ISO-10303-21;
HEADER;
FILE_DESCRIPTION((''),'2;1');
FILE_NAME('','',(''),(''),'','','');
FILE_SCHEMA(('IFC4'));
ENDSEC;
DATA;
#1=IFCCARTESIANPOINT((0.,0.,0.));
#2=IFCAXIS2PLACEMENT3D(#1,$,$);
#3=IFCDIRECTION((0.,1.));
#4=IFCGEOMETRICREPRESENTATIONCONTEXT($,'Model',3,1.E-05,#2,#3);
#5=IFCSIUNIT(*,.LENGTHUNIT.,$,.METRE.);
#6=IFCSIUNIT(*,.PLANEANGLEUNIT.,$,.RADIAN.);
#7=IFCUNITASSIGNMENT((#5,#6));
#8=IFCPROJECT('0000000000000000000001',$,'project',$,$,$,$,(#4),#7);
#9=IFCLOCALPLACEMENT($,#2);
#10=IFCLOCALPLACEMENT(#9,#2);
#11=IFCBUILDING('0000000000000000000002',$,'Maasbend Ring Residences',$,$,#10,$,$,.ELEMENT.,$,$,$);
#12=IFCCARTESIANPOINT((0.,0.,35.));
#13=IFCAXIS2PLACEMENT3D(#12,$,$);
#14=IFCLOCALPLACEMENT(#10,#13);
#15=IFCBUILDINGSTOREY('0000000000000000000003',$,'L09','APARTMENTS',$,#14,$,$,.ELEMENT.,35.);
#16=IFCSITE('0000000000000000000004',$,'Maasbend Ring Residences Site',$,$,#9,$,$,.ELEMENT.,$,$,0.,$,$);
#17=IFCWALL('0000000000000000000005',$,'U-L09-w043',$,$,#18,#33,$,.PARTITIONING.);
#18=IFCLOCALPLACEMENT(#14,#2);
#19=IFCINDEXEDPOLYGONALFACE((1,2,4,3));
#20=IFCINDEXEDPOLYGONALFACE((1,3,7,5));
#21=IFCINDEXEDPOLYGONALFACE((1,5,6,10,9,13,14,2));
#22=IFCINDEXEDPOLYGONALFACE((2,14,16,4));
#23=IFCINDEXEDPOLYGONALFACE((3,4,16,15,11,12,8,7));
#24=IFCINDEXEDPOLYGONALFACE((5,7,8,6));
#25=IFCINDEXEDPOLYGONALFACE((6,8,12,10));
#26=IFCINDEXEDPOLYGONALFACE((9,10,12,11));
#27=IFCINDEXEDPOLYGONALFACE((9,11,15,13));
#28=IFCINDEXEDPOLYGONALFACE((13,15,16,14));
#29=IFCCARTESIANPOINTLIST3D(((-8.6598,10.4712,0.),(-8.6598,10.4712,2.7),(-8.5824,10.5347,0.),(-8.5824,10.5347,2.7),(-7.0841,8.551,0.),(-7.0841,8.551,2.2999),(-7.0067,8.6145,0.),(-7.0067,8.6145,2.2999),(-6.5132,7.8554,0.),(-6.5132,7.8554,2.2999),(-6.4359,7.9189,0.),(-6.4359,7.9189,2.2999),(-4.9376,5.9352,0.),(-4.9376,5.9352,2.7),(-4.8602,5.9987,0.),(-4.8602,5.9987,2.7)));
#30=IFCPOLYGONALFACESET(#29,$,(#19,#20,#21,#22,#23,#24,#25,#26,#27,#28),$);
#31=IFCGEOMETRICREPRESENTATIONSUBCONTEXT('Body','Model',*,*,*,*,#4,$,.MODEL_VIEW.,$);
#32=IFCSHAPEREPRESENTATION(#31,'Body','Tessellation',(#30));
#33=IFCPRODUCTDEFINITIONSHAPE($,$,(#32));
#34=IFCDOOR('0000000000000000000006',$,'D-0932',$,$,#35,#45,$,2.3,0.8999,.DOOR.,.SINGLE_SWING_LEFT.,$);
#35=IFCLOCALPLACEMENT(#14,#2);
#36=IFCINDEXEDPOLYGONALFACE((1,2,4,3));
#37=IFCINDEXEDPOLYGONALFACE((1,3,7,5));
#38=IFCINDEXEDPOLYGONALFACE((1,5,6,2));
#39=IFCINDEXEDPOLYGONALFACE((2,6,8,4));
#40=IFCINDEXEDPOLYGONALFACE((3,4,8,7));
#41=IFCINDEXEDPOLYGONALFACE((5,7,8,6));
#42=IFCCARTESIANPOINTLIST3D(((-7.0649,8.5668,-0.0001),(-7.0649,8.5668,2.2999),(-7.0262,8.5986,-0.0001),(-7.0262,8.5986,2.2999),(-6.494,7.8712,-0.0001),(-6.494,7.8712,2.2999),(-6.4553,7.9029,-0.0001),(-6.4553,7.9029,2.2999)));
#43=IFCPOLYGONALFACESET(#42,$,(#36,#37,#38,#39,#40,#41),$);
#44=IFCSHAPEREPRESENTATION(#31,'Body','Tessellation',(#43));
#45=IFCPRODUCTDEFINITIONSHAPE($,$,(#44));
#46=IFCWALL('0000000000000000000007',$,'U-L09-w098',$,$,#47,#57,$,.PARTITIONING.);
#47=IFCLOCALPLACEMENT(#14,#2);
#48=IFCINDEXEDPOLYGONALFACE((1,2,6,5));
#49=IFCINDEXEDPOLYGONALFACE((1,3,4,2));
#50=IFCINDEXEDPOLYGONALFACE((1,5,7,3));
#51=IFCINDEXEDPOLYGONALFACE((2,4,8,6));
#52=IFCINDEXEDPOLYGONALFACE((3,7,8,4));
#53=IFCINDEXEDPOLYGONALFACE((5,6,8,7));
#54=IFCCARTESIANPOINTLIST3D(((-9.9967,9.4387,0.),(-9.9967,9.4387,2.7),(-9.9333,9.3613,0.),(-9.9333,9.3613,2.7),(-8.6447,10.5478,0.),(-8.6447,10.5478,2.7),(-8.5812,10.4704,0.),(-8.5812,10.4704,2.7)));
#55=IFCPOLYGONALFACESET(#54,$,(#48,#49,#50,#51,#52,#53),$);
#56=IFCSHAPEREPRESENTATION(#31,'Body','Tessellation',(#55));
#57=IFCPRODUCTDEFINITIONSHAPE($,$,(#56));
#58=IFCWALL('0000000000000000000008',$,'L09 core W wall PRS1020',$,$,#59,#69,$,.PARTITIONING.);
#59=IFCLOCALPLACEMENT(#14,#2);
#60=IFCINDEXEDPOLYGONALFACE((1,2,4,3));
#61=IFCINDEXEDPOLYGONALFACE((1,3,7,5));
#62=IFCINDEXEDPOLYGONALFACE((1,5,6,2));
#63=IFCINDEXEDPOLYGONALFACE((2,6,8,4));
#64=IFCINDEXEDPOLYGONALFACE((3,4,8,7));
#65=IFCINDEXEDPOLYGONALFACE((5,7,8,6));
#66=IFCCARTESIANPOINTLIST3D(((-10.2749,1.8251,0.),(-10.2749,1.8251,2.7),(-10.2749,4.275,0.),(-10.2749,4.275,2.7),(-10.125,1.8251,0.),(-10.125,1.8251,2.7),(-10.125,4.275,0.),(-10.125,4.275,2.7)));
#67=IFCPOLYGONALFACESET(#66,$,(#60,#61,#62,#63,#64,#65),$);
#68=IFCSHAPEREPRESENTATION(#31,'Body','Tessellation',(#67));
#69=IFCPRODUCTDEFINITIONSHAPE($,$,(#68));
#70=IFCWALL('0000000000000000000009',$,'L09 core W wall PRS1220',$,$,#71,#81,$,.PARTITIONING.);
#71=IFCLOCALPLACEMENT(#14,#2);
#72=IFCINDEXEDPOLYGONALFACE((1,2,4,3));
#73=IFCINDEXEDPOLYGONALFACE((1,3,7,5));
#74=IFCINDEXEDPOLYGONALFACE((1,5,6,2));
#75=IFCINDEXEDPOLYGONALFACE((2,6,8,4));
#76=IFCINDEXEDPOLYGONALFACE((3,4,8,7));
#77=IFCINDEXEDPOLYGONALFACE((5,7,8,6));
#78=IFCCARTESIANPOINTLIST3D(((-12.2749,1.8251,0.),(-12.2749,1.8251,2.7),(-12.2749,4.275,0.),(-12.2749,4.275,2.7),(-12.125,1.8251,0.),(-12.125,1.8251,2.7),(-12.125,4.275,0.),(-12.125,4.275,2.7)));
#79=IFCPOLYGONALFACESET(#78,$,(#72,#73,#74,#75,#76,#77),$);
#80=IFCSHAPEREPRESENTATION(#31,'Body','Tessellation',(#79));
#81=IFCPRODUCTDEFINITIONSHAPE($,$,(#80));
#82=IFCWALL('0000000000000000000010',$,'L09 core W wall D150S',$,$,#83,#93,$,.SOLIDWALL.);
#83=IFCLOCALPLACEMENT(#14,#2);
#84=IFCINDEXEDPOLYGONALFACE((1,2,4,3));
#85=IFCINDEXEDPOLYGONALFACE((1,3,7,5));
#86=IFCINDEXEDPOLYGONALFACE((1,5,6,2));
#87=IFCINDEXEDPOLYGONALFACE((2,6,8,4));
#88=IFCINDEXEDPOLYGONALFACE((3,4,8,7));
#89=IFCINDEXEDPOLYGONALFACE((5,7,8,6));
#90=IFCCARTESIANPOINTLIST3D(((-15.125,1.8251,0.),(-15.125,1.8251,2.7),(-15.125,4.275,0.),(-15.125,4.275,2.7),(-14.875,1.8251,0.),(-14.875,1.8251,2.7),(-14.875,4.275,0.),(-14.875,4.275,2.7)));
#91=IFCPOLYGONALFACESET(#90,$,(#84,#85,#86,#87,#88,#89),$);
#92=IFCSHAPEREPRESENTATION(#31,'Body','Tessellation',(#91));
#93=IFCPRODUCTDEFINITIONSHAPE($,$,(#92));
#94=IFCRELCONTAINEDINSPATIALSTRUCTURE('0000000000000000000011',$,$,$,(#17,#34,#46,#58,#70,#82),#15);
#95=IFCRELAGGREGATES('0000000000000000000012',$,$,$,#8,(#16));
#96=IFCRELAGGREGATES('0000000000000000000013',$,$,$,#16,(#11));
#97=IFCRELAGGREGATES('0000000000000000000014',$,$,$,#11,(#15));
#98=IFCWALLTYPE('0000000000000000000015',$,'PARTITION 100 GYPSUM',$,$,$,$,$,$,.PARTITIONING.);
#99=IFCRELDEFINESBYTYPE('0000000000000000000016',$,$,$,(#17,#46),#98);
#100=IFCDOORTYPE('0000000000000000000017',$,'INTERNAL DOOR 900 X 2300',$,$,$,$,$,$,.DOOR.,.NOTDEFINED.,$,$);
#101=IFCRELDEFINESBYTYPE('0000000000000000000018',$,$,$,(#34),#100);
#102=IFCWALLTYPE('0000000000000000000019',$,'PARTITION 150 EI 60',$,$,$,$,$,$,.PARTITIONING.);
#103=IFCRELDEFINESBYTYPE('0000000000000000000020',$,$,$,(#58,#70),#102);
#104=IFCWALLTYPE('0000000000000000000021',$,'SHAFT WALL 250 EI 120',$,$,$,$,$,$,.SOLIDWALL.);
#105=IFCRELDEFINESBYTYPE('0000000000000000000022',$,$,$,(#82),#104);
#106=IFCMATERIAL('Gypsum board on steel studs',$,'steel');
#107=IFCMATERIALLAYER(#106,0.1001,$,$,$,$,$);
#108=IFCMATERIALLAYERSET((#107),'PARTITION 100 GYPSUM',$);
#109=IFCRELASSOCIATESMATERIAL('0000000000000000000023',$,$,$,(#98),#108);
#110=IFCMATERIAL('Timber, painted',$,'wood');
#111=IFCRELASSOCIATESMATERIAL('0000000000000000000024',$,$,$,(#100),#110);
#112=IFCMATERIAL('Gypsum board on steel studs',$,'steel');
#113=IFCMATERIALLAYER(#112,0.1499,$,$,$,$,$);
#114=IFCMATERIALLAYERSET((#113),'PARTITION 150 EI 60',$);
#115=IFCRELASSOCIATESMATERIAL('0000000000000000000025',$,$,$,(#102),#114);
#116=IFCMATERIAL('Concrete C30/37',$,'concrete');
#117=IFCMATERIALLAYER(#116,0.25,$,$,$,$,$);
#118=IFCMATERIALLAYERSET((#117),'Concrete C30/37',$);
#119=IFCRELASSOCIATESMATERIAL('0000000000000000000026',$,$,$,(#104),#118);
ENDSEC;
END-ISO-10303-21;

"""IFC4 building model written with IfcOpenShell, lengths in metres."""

from ifc_helpers import new_model, si_unit, direction, frame, frame_2d, origin, place, context, subcontext, project, spatial, rectangle, extrude, material, layer, layer_set, type_object, element, fill, save


model = new_model("IFC4")

# Units and contexts
model_context = context("Model", 3, precision=1e-05, world=origin(), true_north=direction((0.0, 1.0)))
body_context = subcontext(model_context, "Body", "Model", "MODEL_VIEW")
ifc_project = project(units=[si_unit("LENGTHUNIT", "METRE"), si_unit("PLANEANGLEUNIT", "RADIAN")], contexts=[model_context])

# Site, building, storey
site_placement = place(None, origin())
site = spatial("IfcSite", under=ifc_project, at=site_placement, Name="Maasbend Ring Residences Site", CompositionType="ELEMENT", RefElevation=0.0)
building_placement = place(site_placement, origin())
building = spatial("IfcBuilding", under=site, at=building_placement, Name="Maasbend Ring Residences", CompositionType="ELEMENT")
storey_placement = place(building_placement, frame((0.0, 0.0, 35.0)))
storey = spatial("IfcBuildingStorey", under=building, at=storey_placement, Name="L09", Description="APARTMENTS", CompositionType="ELEMENT", Elevation=35.0)

# Wall, opening, door
ifc_material_1 = material(Name="Gypsum board on steel studs", Category="steel")
ifc_layer_1 = layer(ifc_material_1, 0.1001)
ifc_layer_set_1 = layer_set([ifc_layer_1], Name="PARTITION 100 GYPSUM")
wall_type_1 = type_object("IfcWallType", Name="PARTITION 100 GYPSUM", PredefinedType="PARTITIONING", material=ifc_layer_set_1)
wall_1_placement = place(storey_placement, frame((-8.6211, 10.5029, 0.0), z_axis=(0.0, 0.0, 1.0), x_axis=(0.634359, -0.773039, 0.0)))
wall_1 = element("IfcWall", 1, at=wall_1_placement, inside=storey, type_object=wall_type_1, Name="U-L09-w043", PredefinedType="PARTITIONING", context=body_context, shape_type="SweptSolid", body=[
    extrude(rectangle(XDim=5.8677, YDim=0.1001, at=frame_2d((2.9338, 0.0))), origin(), (0.0, 0.0, 1.0), 2.7),
])
opening_1_placement = place(wall_1_placement, frame((2.4839, 0.0, 0.0)))
opening_1 = element("IfcOpeningElement", 2, at=opening_1_placement, cuts=wall_1, PredefinedType="OPENING", context=body_context, shape_type="SweptSolid", body=[
    extrude(rectangle(XDim=0.8999, YDim=2.3, at=frame_2d((0.45, 1.1499))), frame((0.0, 0.0601, 0.0), z_axis=(0.0, -1.0, 0.0), x_axis=(1.0, 0.0, 0.0)), (0.0, 0.0, 1.0), 0.1201),
])
ifc_material_2 = material(Name="Timber, painted", Category="wood")
door_type_1 = type_object("IfcDoorType", Name="INTERNAL DOOR 900 X 2300", OperationType="NOTDEFINED", PredefinedType="DOOR", material=ifc_material_2)
door_1_placement = place(opening_1_placement, origin())
door_1 = element("IfcDoor", 3, at=door_1_placement, inside=storey, type_object=door_type_1, Name="D-0932", OperationType="SINGLE_SWING_LEFT", OverallHeight=2.3, OverallWidth=0.8999, PredefinedType="DOOR", context=body_context, shape_type="SweptSolid", body=[
    extrude(rectangle(XDim=0.8999, YDim=2.3, at=frame_2d((0.45, 1.1499))), frame((0.0, 0.0249, 0.0), z_axis=(0.0, -1.0, 0.0), x_axis=(1.0, 0.0, 0.0)), (0.0, 0.0, 1.0), 0.05),
])
fill(opening_1, door_1)

# Walls
wall_2_placement = place(storey_placement, frame((-9.9651, 9.3999, 0.0), z_axis=(0.0, 0.0, 1.0), x_axis=(0.773142, 0.634233, 0.0)))
element("IfcWall", 4, at=wall_2_placement, inside=storey, type_object=wall_type_1, Name="U-L09-w098", PredefinedType="PARTITIONING", context=body_context, shape_type="SweptSolid", body=[
    extrude(rectangle(XDim=1.7488, YDim=0.1001, at=frame_2d((0.8745, 0.0))), origin(), (0.0, 0.0, 1.0), 2.7),
])
ifc_material_3 = material(Name="Gypsum board on steel studs", Category="steel")
ifc_layer_2 = layer(ifc_material_3, 0.1499)
ifc_layer_set_2 = layer_set([ifc_layer_2], Name="PARTITION 150 EI 60")
wall_type_2 = type_object("IfcWallType", Name="PARTITION 150 EI 60", PredefinedType="PARTITIONING", material=ifc_layer_set_2)
for number, where, z_axis, x_axis, name in (
    (5, (-10.2, 1.825, 0.0), (0.0, 0.0, 1.0), (0.0, 1.0, 0.0), "L09 core W wall PRS1020"),
    (6, (-12.2, 1.825, 0.0), (0.0, 0.0, 1.0), (0.0, 1.0, 0.0), "L09 core W wall PRS1220"),
):
    element("IfcWall", number, at=place(storey_placement, frame(where, z_axis=z_axis, x_axis=x_axis)), inside=storey, type_object=wall_type_2, Name=name, PredefinedType="PARTITIONING", context=body_context, shape_type="SweptSolid", body=[
        extrude(rectangle(XDim=2.45, YDim=0.1499, at=frame_2d((1.2251, 0.0))), origin(), (0.0, 0.0, 1.0), 2.7),
    ])
ifc_material_4 = material(Name="Concrete C30/37", Category="concrete")
ifc_layer_3 = layer(ifc_material_4, 0.25)
ifc_layer_set_3 = layer_set([ifc_layer_3], Name="Concrete C30/37")
wall_type_3 = type_object("IfcWallType", Name="SHAFT WALL 250 EI 120", PredefinedType="SOLIDWALL", material=ifc_layer_set_3)
wall_3_placement = place(storey_placement, frame((-15.0, 1.825, 0.0), z_axis=(0.0, 0.0, 1.0), x_axis=(0.0, 1.0, 0.0)))
element("IfcWall", 7, at=wall_3_placement, inside=storey, type_object=wall_type_3, Name="L09 core W wall D150S", PredefinedType="SOLIDWALL", context=body_context, shape_type="SweptSolid", body=[
    extrude(rectangle(XDim=2.45, YDim=0.25, at=frame_2d((1.2251, 0.0))), origin(), (0.0, 0.0, 1.0), 2.7),
])

save(model, "model.ifc")
